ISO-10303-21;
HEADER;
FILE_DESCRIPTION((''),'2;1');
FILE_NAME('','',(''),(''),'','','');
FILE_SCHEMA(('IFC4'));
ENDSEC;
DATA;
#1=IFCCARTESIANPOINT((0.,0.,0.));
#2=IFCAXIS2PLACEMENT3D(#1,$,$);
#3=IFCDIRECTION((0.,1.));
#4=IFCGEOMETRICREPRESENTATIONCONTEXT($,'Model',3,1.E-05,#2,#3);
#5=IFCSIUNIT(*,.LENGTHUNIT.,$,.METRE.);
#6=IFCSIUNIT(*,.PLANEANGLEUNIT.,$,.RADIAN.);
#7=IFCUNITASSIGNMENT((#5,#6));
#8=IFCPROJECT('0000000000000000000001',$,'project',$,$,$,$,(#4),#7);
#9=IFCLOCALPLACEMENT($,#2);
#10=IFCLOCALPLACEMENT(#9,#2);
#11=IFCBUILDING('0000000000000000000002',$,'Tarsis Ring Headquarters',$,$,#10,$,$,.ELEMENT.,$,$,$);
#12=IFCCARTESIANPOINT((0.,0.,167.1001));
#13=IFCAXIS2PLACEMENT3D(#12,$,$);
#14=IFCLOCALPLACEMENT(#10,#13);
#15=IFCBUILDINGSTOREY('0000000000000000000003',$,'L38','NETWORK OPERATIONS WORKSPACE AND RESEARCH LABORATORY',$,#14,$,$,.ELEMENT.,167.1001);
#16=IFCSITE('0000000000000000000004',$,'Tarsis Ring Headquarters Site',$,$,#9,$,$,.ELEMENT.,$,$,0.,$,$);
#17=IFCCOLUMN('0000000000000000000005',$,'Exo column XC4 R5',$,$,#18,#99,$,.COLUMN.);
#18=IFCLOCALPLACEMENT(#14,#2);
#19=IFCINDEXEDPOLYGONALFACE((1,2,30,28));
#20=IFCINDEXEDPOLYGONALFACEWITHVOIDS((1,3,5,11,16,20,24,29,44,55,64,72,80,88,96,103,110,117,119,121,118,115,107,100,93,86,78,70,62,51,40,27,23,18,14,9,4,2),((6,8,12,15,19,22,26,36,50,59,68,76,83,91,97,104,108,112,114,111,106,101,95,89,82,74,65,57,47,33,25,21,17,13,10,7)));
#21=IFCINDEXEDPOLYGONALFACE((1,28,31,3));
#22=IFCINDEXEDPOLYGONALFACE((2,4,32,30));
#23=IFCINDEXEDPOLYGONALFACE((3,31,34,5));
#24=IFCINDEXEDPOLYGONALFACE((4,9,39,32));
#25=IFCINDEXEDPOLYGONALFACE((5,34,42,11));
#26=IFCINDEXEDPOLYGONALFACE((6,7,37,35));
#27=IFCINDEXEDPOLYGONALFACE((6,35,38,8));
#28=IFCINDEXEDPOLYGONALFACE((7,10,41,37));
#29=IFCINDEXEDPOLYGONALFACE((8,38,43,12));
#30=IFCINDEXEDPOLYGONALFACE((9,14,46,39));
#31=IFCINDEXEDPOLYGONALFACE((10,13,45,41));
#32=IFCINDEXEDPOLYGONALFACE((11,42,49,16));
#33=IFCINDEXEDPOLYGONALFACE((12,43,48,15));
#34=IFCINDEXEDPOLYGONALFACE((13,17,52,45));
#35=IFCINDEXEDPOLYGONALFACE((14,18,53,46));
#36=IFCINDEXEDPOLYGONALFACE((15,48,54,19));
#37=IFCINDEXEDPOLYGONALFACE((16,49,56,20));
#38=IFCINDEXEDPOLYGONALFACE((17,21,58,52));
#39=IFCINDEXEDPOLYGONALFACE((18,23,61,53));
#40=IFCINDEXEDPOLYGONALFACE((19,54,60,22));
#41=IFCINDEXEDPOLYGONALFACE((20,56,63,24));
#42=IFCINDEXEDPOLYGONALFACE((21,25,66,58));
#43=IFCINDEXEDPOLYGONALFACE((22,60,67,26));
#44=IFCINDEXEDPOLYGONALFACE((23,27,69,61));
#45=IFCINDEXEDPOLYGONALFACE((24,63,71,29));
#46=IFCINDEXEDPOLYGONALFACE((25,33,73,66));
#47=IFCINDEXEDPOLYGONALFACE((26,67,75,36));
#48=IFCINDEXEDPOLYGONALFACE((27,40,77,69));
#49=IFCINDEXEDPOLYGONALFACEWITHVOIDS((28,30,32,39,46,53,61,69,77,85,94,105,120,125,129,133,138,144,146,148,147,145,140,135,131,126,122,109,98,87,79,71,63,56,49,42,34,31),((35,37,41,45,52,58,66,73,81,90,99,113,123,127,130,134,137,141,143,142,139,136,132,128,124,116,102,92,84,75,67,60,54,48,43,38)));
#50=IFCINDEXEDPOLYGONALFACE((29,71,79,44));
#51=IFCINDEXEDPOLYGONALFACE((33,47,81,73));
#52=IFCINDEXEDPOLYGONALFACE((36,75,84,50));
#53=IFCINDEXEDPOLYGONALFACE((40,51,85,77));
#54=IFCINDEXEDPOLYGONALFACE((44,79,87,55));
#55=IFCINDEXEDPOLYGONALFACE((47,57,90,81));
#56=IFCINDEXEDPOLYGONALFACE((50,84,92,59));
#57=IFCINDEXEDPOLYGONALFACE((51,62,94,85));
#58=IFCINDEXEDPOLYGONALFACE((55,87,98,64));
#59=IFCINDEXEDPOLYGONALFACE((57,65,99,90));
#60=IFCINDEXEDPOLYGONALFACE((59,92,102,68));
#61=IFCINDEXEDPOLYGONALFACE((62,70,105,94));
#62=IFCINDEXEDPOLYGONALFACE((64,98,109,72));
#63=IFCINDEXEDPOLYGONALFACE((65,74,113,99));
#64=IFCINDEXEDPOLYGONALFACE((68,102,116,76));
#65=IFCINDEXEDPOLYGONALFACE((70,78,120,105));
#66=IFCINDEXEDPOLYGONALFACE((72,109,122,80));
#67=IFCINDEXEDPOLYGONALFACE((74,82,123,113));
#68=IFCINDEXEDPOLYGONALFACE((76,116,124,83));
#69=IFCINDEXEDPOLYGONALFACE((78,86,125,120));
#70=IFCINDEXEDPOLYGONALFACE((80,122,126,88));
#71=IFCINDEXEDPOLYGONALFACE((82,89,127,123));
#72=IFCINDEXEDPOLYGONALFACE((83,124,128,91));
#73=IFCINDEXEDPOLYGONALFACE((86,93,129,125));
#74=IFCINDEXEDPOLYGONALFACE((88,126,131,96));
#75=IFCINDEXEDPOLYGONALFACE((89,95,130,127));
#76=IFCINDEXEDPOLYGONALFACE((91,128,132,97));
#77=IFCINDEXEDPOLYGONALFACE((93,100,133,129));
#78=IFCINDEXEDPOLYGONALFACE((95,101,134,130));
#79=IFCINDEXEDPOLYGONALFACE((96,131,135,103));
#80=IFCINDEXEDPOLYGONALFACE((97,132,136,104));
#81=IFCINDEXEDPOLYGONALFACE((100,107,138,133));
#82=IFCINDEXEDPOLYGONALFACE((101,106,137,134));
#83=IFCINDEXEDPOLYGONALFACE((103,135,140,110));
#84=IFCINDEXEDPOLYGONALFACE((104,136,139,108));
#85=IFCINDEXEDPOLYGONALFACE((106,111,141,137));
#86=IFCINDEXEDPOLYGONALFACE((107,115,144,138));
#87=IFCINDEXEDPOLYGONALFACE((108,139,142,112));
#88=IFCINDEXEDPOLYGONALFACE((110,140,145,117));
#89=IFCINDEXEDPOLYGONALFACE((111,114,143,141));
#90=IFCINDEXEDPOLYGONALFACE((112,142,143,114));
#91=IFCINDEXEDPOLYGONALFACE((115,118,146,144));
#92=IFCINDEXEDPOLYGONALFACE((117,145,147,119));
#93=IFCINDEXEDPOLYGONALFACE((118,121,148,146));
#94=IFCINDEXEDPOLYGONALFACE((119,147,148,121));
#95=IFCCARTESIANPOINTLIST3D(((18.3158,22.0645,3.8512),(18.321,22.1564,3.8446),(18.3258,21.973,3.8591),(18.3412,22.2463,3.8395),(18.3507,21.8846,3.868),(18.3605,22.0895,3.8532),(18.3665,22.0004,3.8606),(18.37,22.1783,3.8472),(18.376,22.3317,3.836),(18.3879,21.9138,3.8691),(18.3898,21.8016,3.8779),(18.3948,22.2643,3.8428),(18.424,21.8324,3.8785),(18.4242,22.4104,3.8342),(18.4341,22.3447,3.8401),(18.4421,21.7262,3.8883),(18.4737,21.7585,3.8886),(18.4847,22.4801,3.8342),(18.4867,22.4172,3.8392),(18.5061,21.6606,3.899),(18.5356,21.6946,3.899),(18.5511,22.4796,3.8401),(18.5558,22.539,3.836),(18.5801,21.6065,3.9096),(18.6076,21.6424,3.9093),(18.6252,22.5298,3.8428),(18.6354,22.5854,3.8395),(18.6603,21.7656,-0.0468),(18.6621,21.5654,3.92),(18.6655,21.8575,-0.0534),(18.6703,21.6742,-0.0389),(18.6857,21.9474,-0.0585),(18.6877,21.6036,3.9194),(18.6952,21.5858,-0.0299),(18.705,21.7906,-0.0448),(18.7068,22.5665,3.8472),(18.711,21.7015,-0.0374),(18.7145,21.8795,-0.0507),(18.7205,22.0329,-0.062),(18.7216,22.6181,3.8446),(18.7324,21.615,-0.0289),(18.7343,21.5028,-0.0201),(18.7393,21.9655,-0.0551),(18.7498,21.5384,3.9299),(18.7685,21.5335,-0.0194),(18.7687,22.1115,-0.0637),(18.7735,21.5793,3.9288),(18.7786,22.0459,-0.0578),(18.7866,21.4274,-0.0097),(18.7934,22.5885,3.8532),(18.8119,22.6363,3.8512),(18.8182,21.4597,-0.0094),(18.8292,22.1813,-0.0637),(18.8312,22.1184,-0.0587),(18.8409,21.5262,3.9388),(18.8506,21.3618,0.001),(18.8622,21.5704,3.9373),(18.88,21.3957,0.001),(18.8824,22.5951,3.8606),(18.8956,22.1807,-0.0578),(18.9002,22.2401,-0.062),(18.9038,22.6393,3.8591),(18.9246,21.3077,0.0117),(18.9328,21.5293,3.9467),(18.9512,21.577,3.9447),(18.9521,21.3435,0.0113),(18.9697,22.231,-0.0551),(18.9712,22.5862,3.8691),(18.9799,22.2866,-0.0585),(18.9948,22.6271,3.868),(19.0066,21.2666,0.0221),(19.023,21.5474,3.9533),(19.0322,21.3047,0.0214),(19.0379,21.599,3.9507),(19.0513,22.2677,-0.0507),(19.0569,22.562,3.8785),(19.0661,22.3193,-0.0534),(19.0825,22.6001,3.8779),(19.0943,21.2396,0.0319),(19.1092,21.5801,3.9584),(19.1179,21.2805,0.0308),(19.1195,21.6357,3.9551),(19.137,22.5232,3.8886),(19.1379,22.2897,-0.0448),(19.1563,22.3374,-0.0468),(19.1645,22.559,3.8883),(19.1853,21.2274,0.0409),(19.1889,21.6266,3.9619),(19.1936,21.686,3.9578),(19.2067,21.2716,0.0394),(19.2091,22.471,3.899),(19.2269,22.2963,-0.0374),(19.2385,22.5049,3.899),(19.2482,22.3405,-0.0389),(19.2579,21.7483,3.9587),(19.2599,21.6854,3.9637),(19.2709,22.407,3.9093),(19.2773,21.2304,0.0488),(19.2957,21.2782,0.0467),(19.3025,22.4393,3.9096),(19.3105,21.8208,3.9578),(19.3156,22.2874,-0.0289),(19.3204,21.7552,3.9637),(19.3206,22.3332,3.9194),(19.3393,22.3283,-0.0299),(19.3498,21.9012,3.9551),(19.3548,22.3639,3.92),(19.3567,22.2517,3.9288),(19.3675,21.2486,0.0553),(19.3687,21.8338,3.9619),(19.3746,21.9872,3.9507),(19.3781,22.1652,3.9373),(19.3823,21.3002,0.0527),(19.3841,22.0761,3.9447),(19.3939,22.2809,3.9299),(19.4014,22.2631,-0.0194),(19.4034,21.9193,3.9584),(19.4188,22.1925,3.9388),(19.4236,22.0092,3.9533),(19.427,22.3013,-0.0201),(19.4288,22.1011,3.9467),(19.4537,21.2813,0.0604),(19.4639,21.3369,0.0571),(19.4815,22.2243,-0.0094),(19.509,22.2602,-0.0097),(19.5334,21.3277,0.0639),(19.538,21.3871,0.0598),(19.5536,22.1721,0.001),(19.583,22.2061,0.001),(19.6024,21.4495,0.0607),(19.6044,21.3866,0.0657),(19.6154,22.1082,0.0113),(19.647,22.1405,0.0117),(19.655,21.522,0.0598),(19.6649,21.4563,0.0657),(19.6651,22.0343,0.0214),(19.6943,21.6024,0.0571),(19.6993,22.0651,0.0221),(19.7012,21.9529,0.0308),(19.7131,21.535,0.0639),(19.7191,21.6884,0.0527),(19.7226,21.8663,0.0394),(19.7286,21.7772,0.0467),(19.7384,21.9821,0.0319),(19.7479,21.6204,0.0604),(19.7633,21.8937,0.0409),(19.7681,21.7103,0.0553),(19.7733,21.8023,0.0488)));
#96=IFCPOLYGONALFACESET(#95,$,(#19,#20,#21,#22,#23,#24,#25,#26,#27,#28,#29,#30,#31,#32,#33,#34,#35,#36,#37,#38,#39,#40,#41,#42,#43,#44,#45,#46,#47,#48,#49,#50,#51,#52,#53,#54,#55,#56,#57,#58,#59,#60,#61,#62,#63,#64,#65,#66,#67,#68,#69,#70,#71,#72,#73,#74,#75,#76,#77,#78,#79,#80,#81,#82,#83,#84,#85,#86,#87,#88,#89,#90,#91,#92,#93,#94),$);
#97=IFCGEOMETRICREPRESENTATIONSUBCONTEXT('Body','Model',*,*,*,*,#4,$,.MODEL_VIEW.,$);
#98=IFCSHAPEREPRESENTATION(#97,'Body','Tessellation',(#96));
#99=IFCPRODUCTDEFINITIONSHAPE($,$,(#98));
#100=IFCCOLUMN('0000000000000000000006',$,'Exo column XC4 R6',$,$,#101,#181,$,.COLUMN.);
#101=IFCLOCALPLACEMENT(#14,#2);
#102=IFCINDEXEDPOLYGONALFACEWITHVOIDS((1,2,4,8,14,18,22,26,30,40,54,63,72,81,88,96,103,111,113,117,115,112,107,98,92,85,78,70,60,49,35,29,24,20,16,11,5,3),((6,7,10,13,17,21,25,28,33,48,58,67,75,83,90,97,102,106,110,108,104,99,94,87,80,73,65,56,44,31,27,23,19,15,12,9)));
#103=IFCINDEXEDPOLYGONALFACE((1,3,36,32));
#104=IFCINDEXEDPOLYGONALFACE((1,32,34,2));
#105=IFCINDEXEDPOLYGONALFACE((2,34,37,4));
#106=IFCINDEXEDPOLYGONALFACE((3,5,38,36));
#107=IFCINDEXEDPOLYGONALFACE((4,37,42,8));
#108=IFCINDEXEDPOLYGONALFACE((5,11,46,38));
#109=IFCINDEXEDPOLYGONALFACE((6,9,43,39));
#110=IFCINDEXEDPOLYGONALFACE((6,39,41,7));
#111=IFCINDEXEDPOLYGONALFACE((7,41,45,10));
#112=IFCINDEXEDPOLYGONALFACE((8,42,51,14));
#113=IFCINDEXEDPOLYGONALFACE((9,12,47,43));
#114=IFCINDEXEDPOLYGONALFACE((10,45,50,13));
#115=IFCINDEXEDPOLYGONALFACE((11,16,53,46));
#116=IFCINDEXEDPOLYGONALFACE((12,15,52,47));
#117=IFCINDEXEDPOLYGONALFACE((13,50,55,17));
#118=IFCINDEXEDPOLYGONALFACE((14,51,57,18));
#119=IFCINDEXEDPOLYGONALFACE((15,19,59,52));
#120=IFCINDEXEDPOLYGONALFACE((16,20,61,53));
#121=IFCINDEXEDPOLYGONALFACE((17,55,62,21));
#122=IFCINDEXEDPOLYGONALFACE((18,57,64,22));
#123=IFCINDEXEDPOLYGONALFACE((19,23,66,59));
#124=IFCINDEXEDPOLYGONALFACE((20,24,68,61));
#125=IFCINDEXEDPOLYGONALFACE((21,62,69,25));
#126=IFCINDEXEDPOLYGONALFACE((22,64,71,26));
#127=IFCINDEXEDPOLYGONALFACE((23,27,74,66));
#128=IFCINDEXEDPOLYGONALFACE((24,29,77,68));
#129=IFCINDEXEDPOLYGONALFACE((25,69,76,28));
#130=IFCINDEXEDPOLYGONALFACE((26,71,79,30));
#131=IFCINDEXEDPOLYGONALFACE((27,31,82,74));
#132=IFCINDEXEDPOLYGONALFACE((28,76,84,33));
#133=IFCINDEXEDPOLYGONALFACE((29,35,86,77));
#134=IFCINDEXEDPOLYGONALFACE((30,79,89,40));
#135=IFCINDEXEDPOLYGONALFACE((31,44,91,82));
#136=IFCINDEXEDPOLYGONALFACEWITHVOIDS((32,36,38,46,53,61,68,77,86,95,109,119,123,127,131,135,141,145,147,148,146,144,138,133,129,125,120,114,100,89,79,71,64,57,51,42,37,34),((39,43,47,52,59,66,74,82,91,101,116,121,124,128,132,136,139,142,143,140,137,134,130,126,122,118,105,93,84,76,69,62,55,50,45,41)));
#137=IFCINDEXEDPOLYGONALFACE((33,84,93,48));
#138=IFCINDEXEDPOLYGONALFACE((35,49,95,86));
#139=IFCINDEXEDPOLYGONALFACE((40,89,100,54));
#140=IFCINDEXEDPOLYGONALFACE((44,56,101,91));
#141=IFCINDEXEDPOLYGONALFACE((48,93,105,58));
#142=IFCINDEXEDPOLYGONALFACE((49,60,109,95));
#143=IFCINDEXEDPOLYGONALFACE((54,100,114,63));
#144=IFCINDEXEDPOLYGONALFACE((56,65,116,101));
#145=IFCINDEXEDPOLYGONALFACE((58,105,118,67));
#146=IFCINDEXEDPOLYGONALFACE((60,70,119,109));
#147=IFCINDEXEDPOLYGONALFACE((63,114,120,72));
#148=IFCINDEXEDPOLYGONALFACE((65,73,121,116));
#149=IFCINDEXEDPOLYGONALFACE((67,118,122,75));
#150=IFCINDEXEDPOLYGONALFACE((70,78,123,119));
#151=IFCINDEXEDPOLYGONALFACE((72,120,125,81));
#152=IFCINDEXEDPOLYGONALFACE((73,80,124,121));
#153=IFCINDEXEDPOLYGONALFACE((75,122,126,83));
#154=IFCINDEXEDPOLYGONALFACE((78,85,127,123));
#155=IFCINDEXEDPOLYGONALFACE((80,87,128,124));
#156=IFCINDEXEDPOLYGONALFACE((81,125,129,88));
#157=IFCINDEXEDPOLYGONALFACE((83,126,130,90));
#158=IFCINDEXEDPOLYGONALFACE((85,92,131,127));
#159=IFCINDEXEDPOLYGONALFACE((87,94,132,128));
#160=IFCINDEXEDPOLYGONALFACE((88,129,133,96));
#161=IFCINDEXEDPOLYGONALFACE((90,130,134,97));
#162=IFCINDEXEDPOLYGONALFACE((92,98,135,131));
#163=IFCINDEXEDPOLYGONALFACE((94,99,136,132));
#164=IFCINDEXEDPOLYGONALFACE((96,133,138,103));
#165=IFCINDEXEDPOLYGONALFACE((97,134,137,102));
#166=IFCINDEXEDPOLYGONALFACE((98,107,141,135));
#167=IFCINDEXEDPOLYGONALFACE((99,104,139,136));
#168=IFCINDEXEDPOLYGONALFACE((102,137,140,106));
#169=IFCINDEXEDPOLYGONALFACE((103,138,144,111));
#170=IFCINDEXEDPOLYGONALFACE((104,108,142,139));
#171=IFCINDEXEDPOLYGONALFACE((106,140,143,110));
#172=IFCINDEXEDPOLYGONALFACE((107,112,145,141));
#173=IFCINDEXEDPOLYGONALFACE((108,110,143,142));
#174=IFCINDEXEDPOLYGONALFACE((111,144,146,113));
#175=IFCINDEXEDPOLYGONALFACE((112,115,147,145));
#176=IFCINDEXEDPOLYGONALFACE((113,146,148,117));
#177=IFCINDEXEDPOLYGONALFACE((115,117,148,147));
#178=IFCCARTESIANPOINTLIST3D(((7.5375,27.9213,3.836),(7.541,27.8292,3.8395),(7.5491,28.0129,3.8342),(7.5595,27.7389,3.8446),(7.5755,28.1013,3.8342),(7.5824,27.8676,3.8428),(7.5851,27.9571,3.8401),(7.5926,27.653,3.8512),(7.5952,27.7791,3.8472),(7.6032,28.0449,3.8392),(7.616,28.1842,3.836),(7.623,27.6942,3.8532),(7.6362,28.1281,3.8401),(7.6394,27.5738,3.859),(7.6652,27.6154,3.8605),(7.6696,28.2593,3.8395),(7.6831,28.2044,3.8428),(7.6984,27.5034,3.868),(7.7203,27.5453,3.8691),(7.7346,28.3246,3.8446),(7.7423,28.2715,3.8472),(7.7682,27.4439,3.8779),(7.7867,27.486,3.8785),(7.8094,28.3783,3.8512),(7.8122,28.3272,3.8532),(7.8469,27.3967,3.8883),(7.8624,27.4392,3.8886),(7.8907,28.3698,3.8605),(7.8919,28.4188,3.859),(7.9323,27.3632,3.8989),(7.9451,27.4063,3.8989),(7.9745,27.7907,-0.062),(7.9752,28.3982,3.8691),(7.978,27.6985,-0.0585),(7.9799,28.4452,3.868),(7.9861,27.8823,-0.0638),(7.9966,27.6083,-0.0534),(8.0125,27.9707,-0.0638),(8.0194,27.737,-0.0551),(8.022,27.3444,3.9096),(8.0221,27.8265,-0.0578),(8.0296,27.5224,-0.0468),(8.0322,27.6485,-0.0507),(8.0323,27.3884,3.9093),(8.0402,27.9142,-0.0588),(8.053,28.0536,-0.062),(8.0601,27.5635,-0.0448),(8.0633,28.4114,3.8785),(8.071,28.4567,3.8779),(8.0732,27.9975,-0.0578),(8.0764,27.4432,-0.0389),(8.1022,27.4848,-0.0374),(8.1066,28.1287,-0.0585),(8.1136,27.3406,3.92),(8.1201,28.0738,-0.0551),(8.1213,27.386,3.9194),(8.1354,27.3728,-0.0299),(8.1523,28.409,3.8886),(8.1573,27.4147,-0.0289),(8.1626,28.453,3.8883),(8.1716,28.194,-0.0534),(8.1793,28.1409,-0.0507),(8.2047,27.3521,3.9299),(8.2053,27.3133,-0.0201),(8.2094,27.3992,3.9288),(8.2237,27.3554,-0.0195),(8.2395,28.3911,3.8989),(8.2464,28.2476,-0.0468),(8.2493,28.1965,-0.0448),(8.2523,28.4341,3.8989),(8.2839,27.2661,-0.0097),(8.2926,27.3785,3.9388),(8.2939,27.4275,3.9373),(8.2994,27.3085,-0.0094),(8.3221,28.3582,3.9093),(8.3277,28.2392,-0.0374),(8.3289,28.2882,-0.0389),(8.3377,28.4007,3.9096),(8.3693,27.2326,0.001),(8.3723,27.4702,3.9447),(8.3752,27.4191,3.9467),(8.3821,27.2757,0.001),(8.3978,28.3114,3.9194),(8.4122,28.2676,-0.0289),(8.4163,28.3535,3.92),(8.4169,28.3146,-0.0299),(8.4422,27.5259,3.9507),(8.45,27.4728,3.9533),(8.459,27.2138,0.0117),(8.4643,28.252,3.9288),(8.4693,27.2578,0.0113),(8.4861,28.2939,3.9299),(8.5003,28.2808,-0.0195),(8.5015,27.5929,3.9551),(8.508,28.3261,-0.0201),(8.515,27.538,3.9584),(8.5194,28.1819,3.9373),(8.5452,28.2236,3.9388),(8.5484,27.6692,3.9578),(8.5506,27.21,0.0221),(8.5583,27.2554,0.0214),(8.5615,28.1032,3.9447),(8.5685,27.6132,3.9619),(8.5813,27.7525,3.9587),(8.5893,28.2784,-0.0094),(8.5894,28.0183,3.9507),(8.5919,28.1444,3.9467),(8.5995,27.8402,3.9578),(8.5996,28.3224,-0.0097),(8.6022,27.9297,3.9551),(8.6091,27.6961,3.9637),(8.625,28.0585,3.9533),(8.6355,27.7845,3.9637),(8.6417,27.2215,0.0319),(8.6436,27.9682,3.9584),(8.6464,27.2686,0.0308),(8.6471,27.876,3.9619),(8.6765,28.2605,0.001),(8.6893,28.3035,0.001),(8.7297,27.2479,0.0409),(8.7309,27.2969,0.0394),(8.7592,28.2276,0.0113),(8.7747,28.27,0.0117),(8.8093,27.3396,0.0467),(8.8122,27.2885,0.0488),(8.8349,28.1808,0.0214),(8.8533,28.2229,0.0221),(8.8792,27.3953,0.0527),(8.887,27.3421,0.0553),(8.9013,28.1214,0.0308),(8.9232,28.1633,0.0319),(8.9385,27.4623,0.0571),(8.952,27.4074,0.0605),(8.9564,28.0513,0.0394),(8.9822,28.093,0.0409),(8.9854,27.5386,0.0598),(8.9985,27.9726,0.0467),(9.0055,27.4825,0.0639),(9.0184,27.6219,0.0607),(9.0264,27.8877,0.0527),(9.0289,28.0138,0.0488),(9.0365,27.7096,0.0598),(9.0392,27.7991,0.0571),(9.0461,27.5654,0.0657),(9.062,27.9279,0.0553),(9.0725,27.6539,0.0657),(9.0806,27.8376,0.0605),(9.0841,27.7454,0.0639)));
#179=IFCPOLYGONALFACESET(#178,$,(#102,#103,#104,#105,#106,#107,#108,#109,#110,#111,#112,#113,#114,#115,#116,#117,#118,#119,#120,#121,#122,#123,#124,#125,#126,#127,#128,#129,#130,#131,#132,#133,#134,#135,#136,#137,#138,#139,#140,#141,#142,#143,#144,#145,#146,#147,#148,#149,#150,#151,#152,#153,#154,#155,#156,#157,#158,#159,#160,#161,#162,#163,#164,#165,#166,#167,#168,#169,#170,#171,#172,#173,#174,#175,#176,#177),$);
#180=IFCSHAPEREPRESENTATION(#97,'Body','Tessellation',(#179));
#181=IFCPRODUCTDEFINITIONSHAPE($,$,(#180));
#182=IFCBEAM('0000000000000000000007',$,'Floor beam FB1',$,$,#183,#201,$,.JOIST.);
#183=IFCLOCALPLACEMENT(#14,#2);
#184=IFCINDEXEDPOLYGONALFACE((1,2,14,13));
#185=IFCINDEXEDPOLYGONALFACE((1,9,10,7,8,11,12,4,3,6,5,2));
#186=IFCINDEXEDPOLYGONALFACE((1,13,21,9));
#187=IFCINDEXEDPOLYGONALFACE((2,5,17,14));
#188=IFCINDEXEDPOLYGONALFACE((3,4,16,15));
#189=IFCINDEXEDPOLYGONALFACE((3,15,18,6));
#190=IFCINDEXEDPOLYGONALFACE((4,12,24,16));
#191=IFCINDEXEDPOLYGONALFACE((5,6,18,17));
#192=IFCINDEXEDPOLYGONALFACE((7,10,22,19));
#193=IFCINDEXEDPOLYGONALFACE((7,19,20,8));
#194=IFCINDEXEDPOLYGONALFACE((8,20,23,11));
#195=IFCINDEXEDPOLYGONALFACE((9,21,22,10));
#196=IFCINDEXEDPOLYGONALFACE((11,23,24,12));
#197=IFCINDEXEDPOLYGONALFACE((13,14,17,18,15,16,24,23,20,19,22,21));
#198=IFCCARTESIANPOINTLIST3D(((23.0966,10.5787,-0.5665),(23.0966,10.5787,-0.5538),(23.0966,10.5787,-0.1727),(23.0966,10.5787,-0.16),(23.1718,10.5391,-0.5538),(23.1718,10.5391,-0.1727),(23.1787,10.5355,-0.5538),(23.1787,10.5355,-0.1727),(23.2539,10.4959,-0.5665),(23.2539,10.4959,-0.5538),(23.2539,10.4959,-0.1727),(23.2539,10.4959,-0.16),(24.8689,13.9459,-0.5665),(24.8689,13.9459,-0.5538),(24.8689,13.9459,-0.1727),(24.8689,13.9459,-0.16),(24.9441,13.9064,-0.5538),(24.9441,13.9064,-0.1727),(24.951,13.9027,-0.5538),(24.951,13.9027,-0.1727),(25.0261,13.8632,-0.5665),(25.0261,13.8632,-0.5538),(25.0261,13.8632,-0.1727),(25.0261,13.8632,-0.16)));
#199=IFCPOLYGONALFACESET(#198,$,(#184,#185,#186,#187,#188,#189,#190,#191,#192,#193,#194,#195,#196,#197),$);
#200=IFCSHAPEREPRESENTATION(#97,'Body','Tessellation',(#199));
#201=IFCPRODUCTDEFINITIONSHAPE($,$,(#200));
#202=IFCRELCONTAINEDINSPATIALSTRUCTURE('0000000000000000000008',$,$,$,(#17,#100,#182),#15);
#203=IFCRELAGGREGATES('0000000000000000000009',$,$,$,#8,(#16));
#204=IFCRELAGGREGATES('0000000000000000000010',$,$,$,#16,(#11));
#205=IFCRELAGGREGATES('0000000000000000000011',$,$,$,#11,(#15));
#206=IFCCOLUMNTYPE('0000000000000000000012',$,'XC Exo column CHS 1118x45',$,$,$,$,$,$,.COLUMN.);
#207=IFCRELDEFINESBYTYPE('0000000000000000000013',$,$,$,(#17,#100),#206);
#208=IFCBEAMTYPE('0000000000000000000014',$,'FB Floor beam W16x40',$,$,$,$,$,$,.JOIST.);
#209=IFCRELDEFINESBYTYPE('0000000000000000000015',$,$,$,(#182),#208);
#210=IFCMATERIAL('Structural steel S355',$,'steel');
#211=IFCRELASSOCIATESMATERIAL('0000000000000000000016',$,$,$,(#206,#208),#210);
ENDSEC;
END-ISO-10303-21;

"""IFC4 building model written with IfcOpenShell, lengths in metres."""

from ifc_helpers import new_model, si_unit, direction, frame, origin, origin_2d, place, context, subcontext, project, spatial, hollow_circle, i_section, extrude, material, material_profile, profile_set, type_object, element, save


model = new_model("IFC4")

# Units and contexts
model_context = context("Model", 3, precision=1e-05, world=origin(), true_north=direction((0.0, 1.0)))
body_context = subcontext(model_context, "Body", "Model", "MODEL_VIEW")
ifc_project = project(units=[si_unit("LENGTHUNIT", "METRE"), si_unit("PLANEANGLEUNIT", "RADIAN")], contexts=[model_context])

# Site, building, storey
site_placement = place(None, origin())
site = spatial("IfcSite", under=ifc_project, at=site_placement, Name="Tarsis Ring Headquarters Site", CompositionType="ELEMENT", RefElevation=0.0)
building_placement = place(site_placement, origin())
building = spatial("IfcBuilding", under=site, at=building_placement, Name="Tarsis Ring Headquarters", CompositionType="ELEMENT")
storey_placement = place(building_placement, frame((0.0, 0.0, 167.1001)))
storey = spatial("IfcBuildingStorey", under=building, at=storey_placement, Name="L38", Description="NETWORK OPERATIONS WORKSPACE AND RESEARCH LABORATORY", CompositionType="ELEMENT", Elevation=167.1001)

# Columns
ifc_material_1 = material(Name="Structural steel S355", Category="steel")
ifc_material_profile_1 = material_profile(ifc_material_1, hollow_circle(Radius=0.5588, WallThickness=0.0449, at=origin_2d()), Name="CHS 1118x45")
ifc_profile_set_1 = profile_set([ifc_material_profile_1], Name="Structural steel S355")
column_type = type_object("IfcColumnType", Name="XC Exo column CHS 1118x45", PredefinedType="COLUMN", material=ifc_profile_set_1)
for number, where, z_axis, x_axis, name in (
    (1, (19.2168, 21.7839, 0.001), (-0.087777, 0.076144, 0.993226), (-0.655277, -0.755389, 0.0), "Exo column XC4 R5"),
    (2, (8.5293, 27.7681, 0.001), (-0.111353, 0.033282, 0.993223), (-0.286366, -0.95812, 0.0), "Exo column XC4 R6"),
):
    element("IfcColumn", number, at=place(storey_placement, frame(where, z_axis=z_axis, x_axis=x_axis)), inside=storey, type_object=column_type, Name=name, PredefinedType="COLUMN", context=body_context, shape_type="SweptSolid", body=[
        extrude(hollow_circle(Radius=0.5588, WallThickness=0.0449, at=origin_2d()), origin(), (0.0, 0.0, 1.0), 3.9246),
    ])

# Beam
ifc_material_profile_2 = material_profile(ifc_material_1, i_section(OverallWidth=0.1777, OverallDepth=0.4065, WebThickness=0.0078, FlangeThickness=0.0127, at=origin_2d()), Name="W16x40")
ifc_profile_set_2 = profile_set([ifc_material_profile_2], Name="Structural steel S355")
beam_type_1 = type_object("IfcBeamType", Name="FB Floor beam W16x40", PredefinedType="JOIST", material=ifc_profile_set_2)
beam_1_placement = place(storey_placement, frame((24.9475, 13.9045, -0.3633), z_axis=(-0.465749, -0.884917, 0.0), x_axis=(0.884917, -0.465749, 0.0)))
element("IfcBeam", 3, at=beam_1_placement, inside=storey, type_object=beam_type_1, Name="Floor beam FB1", PredefinedType="JOIST", context=body_context, shape_type="SweptSolid", body=[
    extrude(i_section(OverallWidth=0.1777, OverallDepth=0.4065, WebThickness=0.0078, FlangeThickness=0.0127, at=origin_2d()), origin(), (0.0, 0.0, 1.0), 3.8052),
])

save(model, "model.ifc")
